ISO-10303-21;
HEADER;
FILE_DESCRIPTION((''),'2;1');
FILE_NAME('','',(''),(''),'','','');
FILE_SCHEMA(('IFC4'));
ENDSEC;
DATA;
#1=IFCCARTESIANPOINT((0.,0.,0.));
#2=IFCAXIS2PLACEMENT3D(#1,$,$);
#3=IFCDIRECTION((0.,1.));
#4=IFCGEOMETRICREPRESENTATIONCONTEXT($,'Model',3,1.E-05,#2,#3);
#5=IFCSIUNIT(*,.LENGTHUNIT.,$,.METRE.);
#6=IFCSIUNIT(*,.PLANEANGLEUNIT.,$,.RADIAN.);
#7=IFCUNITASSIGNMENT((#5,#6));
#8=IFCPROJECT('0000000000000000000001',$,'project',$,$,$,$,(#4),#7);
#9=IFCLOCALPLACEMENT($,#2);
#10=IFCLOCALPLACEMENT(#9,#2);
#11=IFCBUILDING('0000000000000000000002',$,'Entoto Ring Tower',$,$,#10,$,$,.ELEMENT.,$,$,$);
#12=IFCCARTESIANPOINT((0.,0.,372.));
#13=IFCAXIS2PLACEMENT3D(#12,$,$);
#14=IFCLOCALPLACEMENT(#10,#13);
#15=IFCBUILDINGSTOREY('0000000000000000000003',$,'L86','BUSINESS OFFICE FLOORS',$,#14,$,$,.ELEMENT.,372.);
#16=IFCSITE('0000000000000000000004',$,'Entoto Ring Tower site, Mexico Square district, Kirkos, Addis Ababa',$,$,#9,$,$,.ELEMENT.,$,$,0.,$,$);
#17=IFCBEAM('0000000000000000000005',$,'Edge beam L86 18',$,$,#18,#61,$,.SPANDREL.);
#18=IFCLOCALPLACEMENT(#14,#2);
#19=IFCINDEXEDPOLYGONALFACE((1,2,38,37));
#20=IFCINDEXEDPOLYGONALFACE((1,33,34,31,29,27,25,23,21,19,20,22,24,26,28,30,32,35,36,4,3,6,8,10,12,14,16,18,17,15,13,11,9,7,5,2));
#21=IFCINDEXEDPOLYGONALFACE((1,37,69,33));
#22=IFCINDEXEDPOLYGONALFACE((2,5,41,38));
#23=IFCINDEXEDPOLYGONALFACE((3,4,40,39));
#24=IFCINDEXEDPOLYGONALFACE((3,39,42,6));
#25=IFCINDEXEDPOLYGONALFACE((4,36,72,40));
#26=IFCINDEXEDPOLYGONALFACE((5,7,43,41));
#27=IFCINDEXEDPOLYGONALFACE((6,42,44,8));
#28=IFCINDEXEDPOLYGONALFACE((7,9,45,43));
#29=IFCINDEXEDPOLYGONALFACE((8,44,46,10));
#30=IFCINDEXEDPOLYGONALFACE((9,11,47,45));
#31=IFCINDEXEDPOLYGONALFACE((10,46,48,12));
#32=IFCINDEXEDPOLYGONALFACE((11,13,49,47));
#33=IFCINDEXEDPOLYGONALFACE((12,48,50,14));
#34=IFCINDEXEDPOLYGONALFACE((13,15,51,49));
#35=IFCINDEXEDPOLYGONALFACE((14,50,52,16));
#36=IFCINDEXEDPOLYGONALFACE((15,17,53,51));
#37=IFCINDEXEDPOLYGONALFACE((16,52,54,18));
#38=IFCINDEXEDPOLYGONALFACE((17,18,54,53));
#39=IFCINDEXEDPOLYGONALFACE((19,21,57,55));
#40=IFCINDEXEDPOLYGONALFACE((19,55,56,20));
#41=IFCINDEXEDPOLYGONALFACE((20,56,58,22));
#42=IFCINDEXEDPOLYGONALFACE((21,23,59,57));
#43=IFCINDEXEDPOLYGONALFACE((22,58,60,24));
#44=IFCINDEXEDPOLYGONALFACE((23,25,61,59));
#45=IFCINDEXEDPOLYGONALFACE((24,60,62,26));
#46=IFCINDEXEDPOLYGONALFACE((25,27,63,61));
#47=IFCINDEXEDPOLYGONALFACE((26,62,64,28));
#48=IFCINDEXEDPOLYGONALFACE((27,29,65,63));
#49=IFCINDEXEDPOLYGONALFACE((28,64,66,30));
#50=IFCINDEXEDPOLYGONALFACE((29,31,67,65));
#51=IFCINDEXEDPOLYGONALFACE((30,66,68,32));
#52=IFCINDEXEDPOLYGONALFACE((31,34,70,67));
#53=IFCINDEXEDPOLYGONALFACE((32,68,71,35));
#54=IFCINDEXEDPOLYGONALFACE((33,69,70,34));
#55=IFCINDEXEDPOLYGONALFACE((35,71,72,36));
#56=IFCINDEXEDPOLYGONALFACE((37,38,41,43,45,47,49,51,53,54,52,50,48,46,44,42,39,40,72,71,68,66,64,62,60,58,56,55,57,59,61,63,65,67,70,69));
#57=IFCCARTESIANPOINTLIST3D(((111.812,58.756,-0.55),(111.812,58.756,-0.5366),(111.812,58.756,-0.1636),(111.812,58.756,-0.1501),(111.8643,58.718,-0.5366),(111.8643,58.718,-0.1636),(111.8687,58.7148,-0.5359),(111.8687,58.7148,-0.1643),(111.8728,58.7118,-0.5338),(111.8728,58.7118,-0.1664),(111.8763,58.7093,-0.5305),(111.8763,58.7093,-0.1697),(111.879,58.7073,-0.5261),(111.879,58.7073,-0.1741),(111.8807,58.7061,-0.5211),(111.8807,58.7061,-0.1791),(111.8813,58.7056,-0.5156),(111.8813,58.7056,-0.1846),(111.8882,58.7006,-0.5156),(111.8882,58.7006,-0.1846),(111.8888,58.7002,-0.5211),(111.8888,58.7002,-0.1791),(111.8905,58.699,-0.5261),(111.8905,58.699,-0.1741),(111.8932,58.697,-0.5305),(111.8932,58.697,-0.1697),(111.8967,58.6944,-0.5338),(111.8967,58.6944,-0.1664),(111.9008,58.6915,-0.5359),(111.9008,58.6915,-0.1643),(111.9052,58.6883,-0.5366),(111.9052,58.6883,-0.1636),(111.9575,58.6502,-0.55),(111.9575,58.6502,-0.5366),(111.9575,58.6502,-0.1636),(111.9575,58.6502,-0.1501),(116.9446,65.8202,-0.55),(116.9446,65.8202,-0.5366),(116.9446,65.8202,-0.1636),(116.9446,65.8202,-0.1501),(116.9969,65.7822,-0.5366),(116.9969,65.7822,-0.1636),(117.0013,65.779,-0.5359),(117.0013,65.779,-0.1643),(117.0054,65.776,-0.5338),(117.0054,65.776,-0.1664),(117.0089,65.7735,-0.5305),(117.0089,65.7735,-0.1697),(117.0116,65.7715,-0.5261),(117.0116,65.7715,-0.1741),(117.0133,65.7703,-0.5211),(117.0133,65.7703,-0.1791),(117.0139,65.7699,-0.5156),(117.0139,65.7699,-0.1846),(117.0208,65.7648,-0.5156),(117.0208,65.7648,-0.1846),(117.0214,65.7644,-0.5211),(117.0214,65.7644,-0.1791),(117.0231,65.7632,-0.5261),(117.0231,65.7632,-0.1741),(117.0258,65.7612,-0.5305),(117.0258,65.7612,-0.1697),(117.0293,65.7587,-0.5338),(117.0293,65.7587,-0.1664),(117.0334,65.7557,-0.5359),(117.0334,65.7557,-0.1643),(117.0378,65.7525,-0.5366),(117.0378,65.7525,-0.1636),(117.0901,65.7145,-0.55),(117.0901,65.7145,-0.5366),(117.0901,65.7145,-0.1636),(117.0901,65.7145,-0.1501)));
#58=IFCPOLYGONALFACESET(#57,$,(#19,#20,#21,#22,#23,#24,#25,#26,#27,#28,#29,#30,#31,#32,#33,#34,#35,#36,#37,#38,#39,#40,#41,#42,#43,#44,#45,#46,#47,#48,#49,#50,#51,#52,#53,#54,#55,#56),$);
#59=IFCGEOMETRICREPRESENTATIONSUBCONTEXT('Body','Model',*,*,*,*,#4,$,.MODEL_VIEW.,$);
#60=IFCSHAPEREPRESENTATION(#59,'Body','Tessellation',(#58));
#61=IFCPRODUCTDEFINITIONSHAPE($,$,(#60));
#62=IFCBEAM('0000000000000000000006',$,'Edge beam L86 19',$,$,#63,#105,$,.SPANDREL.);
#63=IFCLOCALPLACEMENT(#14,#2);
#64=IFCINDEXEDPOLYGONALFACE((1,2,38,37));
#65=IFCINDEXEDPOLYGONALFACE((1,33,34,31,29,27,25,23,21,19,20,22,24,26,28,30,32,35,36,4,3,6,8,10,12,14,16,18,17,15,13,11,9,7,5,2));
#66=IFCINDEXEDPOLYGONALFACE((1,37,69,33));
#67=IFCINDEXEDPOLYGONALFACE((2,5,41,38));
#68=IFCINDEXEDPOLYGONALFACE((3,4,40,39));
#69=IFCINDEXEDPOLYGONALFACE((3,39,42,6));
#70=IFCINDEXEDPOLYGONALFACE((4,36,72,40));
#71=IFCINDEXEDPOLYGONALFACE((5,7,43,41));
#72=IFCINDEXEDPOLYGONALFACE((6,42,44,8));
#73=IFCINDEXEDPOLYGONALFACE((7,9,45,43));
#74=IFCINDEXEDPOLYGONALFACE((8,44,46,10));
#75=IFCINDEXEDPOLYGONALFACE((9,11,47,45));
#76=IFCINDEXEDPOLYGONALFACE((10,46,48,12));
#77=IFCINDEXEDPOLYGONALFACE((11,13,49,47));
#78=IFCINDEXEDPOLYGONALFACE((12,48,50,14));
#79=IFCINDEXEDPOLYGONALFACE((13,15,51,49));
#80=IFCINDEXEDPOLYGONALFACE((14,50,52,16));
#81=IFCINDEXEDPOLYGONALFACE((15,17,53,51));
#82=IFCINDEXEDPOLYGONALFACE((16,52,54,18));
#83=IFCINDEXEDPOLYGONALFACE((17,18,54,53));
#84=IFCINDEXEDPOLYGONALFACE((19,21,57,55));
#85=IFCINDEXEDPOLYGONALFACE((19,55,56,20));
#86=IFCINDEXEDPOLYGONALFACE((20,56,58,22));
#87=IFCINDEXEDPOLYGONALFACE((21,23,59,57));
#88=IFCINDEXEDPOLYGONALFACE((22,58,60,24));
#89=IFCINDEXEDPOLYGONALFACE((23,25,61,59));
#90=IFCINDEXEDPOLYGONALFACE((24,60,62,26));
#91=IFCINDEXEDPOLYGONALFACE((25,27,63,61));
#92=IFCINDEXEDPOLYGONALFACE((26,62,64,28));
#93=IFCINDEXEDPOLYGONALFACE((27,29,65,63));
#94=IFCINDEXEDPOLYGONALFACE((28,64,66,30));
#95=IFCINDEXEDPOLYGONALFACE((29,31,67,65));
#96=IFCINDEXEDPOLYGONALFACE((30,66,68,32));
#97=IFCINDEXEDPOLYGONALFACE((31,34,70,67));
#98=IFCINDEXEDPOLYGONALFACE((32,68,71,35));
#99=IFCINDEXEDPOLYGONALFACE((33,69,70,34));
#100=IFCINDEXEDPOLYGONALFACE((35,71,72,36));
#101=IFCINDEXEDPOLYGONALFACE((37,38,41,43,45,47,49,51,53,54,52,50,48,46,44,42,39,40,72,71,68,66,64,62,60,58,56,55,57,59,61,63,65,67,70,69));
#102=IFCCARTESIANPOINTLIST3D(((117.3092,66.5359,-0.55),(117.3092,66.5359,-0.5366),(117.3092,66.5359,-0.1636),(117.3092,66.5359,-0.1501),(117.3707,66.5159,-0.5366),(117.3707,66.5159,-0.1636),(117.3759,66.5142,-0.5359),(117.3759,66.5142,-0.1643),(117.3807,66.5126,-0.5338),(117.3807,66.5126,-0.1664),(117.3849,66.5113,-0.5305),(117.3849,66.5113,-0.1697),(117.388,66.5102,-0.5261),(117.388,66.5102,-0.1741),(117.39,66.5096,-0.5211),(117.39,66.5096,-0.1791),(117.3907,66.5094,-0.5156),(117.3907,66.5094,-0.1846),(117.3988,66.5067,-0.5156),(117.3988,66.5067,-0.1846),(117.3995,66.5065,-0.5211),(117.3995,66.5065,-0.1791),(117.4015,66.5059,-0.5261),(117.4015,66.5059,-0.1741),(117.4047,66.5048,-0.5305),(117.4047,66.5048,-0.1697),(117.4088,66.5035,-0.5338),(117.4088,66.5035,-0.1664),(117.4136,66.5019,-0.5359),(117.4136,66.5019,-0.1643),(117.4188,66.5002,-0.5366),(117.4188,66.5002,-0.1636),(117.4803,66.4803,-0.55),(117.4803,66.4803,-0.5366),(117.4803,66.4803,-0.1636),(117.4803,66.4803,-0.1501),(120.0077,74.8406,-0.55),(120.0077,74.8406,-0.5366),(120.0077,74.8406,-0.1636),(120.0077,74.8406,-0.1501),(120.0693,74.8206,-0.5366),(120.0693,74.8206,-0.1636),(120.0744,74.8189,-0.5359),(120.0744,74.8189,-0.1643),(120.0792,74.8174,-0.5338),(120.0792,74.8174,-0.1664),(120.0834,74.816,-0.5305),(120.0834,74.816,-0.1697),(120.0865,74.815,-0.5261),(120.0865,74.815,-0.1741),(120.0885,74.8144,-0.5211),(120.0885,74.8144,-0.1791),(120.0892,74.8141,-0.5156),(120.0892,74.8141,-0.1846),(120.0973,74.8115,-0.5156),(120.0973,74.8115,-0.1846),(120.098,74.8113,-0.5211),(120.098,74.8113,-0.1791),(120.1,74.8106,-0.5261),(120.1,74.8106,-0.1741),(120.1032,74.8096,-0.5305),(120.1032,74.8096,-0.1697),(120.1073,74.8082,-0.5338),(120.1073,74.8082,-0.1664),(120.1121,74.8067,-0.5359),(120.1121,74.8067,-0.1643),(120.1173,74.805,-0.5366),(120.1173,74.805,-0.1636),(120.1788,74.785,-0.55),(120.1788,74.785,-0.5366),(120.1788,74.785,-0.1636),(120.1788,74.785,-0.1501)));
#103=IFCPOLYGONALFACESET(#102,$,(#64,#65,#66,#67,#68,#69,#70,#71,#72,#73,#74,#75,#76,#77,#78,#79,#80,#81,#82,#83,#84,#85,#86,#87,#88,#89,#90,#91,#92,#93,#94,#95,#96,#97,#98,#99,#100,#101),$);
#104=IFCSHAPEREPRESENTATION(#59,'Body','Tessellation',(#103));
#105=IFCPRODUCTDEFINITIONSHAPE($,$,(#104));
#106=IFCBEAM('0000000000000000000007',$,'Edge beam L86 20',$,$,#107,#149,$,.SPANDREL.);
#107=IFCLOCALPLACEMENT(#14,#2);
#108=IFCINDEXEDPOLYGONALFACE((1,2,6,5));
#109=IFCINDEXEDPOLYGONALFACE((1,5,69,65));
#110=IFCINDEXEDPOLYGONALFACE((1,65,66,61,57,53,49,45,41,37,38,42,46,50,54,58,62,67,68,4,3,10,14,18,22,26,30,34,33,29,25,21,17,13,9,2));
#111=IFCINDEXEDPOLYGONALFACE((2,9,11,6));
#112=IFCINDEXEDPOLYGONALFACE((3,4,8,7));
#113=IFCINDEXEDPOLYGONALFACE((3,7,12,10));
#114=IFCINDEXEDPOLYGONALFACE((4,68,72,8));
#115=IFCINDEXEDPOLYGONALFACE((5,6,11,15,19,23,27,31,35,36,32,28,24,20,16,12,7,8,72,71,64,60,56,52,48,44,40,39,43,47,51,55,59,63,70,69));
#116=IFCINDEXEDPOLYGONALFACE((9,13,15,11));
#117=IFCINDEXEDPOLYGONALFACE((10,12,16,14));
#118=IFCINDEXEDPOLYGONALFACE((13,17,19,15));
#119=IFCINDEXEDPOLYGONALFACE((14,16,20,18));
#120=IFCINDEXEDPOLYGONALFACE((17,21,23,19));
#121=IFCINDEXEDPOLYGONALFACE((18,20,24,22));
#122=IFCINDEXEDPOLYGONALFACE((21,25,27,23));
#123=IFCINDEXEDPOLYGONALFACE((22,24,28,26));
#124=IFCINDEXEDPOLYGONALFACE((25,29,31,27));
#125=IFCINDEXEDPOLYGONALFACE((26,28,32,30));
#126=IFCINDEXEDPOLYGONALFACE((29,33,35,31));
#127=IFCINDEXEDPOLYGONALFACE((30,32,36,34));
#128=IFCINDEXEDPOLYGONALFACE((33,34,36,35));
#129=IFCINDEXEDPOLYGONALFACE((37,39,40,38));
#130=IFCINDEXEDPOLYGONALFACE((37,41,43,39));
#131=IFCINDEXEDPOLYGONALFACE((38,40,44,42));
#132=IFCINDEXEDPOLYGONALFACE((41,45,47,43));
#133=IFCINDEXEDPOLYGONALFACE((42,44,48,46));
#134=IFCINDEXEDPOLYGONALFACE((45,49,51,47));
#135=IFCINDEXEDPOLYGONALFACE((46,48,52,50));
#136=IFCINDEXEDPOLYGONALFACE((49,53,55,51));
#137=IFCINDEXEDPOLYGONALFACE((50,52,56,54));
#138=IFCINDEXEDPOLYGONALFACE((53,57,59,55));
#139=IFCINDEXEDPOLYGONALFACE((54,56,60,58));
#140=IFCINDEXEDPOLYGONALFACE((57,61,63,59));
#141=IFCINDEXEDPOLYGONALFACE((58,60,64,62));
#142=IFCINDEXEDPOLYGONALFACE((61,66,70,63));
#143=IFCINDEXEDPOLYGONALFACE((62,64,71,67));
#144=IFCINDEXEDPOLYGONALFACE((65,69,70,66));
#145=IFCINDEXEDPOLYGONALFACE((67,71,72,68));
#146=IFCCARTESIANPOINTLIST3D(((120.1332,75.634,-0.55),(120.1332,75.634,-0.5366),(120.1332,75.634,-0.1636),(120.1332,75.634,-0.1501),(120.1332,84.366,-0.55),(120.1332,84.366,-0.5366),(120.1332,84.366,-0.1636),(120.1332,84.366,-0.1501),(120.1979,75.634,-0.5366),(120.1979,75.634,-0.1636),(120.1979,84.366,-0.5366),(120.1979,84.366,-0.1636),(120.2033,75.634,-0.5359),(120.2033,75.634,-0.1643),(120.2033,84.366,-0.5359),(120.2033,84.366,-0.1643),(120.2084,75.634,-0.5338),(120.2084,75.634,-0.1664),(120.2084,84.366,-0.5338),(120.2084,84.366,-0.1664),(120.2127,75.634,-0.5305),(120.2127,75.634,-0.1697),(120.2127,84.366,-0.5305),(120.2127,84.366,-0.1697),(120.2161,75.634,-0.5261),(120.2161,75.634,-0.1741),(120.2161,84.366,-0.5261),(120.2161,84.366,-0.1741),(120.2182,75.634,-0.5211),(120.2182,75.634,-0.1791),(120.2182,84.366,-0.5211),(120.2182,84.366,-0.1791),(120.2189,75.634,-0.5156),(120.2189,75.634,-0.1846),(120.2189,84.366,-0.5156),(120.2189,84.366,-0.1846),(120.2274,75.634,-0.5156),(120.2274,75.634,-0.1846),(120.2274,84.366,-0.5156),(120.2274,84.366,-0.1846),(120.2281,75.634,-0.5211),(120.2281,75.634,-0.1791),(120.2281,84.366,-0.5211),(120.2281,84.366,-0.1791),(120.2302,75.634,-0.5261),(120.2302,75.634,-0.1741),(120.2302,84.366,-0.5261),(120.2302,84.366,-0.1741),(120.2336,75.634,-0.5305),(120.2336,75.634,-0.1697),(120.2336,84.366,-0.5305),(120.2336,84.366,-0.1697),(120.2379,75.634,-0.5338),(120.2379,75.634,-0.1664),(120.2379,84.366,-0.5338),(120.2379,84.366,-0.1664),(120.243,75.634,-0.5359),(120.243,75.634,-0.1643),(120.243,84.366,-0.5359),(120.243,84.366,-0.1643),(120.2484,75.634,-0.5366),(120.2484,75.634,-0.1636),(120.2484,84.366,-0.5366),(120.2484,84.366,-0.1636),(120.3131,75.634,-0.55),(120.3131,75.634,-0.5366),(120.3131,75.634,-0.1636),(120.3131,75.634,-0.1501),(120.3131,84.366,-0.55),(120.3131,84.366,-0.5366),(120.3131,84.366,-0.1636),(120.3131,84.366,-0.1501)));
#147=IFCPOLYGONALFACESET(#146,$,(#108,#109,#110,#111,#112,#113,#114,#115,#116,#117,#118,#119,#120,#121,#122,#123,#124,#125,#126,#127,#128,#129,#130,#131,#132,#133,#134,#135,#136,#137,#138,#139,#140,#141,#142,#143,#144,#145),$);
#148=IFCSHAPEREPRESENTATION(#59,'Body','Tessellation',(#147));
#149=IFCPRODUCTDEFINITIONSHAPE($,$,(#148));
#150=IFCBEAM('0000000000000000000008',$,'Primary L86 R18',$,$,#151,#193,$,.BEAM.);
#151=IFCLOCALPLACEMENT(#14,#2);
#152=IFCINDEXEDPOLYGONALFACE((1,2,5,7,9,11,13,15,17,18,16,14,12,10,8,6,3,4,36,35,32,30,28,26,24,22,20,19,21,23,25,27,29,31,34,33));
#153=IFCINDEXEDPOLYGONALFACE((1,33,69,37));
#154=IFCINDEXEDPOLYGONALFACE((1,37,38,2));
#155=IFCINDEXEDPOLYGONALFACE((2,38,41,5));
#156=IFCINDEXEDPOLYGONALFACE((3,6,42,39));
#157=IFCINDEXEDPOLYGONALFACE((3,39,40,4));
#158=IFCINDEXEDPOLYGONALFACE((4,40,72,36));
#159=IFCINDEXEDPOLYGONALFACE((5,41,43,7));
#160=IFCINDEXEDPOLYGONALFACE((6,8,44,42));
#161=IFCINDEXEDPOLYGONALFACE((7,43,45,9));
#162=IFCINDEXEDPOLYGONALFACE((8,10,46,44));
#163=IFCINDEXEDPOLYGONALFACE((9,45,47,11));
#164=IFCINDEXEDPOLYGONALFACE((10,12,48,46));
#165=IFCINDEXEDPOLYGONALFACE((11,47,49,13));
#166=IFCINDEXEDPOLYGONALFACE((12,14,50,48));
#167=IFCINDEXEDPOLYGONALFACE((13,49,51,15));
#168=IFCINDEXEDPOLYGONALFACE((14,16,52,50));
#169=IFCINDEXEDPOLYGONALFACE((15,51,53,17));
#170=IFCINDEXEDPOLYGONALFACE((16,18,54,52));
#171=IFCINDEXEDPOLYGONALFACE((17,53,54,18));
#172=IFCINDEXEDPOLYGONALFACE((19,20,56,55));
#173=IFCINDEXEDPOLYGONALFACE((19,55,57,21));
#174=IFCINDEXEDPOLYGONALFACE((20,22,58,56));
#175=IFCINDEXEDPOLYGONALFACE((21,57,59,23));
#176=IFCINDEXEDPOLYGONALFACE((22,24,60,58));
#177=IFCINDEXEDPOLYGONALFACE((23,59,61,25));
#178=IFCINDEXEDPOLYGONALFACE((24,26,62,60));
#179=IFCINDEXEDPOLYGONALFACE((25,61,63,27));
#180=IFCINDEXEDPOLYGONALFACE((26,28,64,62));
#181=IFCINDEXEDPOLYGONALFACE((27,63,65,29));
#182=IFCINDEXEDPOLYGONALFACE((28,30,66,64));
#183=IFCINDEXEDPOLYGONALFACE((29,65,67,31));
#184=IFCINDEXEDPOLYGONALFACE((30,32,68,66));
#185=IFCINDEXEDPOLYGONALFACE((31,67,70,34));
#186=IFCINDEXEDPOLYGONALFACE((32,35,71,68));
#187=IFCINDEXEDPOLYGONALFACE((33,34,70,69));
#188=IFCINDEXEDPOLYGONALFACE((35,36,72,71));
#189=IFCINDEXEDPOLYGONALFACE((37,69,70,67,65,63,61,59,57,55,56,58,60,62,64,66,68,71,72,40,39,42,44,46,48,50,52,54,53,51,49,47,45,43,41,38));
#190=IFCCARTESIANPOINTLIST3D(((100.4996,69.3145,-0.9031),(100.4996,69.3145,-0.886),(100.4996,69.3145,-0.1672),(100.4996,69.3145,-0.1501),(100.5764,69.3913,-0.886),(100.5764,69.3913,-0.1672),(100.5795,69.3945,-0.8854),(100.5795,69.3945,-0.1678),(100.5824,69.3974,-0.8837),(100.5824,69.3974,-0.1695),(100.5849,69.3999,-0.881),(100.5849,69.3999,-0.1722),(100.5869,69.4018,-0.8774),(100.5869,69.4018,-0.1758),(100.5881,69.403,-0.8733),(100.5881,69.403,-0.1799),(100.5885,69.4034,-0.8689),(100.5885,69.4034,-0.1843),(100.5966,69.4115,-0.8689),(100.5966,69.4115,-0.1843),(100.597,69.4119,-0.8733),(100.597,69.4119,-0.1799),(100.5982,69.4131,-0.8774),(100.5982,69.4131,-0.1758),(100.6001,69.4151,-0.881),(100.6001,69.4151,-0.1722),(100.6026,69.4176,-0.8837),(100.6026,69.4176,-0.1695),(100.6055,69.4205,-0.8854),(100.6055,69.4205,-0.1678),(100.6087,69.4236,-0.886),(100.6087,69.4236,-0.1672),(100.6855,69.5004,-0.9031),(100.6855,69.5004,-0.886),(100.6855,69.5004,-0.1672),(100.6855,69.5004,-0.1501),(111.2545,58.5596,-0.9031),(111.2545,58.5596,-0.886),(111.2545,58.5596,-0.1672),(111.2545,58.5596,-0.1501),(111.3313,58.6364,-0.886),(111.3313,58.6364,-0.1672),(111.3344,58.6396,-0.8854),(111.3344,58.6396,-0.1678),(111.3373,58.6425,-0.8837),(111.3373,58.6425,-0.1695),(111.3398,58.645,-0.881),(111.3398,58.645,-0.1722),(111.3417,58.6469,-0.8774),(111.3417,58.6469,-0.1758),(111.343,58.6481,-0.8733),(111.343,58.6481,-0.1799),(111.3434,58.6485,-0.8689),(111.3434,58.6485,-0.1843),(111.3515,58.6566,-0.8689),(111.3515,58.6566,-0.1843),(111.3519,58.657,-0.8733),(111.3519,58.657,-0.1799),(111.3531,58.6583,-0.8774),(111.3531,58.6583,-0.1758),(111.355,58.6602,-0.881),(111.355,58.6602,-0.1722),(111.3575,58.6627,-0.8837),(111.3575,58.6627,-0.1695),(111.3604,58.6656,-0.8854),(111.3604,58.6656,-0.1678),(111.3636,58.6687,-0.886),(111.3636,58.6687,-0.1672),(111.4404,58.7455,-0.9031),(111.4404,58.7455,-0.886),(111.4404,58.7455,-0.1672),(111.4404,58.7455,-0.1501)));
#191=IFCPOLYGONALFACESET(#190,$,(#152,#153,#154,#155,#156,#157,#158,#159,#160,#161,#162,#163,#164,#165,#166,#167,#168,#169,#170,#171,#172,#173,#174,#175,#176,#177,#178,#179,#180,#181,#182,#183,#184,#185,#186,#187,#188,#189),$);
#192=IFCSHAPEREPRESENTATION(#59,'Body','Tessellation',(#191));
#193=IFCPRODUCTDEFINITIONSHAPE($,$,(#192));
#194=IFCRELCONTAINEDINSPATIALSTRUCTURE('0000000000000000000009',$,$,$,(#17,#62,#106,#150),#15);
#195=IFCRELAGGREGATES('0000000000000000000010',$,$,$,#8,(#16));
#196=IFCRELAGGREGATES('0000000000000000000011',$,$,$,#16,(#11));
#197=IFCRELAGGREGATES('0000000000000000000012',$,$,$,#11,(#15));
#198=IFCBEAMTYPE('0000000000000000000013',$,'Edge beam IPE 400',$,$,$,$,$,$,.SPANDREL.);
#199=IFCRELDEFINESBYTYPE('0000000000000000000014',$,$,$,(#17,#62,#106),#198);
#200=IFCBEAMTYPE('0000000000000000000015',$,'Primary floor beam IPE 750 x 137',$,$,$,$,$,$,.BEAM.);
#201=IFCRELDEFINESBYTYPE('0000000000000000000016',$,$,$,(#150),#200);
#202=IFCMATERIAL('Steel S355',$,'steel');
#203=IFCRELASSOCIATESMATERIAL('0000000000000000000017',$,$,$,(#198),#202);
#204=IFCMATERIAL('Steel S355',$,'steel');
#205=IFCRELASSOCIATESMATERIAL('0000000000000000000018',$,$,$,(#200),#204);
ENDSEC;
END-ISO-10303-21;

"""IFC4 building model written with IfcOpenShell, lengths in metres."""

from ifc_helpers import new_model, si_unit, direction, frame, origin, origin_2d, place, context, subcontext, project, spatial, i_section, extrude, material, material_profile, profile_set, type_object, element, save


model = new_model("IFC4")

# Units and contexts
model_context = context("Model", 3, precision=1e-05, world=origin(), true_north=direction((0.0, 1.0)))
body_context = subcontext(model_context, "Body", "Model", "MODEL_VIEW")
ifc_project = project(units=[si_unit("LENGTHUNIT", "METRE"), si_unit("PLANEANGLEUNIT", "RADIAN")], contexts=[model_context])

# Site, building, storey
site_placement = place(None, origin())
site = spatial("IfcSite", under=ifc_project, at=site_placement, Name="Entoto Ring Tower site, Mexico Square district, Kirkos, Addis Ababa", CompositionType="ELEMENT", RefElevation=0.0)
building_placement = place(site_placement, origin())
building = spatial("IfcBuilding", under=site, at=building_placement, Name="Entoto Ring Tower", CompositionType="ELEMENT")
storey_placement = place(building_placement, frame((0.0, 0.0, 372.0)))
storey = spatial("IfcBuildingStorey", under=building, at=storey_placement, Name="L86", Description="BUSINESS OFFICE FLOORS", CompositionType="ELEMENT", Elevation=372.0)

# Beams
ifc_material_1 = material(Name="Steel S355", Category="steel")
ifc_material_profile_1 = material_profile(ifc_material_1, i_section(OverallWidth=0.1799, OverallDepth=0.3999, WebThickness=0.0085, FlangeThickness=0.0134, FilletRadius=0.021, at=origin_2d()), Name="IPE 400")
ifc_profile_set_1 = profile_set([ifc_material_profile_1], Name="Steel S355")
beam_type_1 = type_object("IfcBeamType", Name="Edge beam IPE 400", PredefinedType="SPANDREL", material=ifc_profile_set_1)
for number, where, z_axis, x_axis, name in (
    (1, (111.8848, 58.7031, -0.3501), (0.587794, 0.80901, 0.0), (-0.80901, 0.587794, 0.0), "Edge beam L86 18"),
):
    element("IfcBeam", number, at=place(storey_placement, frame(where, z_axis=z_axis, x_axis=x_axis)), inside=storey, type_object=beam_type_1, Name=name, PredefinedType="SPANDREL", context=body_context, shape_type="SweptSolid", body=[
        extrude(i_section(OverallWidth=0.1799, OverallDepth=0.3999, WebThickness=0.0085, FlangeThickness=0.0134, FilletRadius=0.021, at=origin_2d()), origin(), (0.0, 0.0, 1.0), 8.7319),
    ])
beam_1_placement = place(storey_placement, frame((117.3948, 66.5081, -0.3501), z_axis=(0.30903, 0.951052, 0.0), x_axis=(-0.951052, 0.30903, 0.0)))
element("IfcBeam", 2, at=beam_1_placement, inside=storey, type_object=beam_type_1, Name="Edge beam L86 19", PredefinedType="SPANDREL", context=body_context, shape_type="SweptSolid", body=[
    extrude(i_section(OverallWidth=0.1799, OverallDepth=0.3999, WebThickness=0.0085, FlangeThickness=0.0134, FilletRadius=0.021, at=origin_2d()), origin(), (0.0, 0.0, 1.0), 8.7322),
])
beam_2_placement = place(storey_placement, frame((120.2231, 75.634, -0.3501), z_axis=(0.0, 1.0, 0.0), x_axis=(-1.0, 0.0, 0.0)))
element("IfcBeam", 3, at=beam_2_placement, inside=storey, type_object=beam_type_1, Name="Edge beam L86 20", PredefinedType="SPANDREL", context=body_context, shape_type="SweptSolid", body=[
    extrude(i_section(OverallWidth=0.1799, OverallDepth=0.3999, WebThickness=0.0085, FlangeThickness=0.0134, FilletRadius=0.021, at=origin_2d()), origin(), (0.0, 0.0, 1.0), 8.7319),
])
ifc_material_2 = material(Name="Steel S355", Category="steel")
ifc_material_profile_2 = material_profile(ifc_material_2, i_section(OverallWidth=0.2629, OverallDepth=0.7529, WebThickness=0.0115, FlangeThickness=0.0171, FilletRadius=0.0171, at=origin_2d()), Name="IPE 750 x 137")
ifc_profile_set_2 = profile_set([ifc_material_profile_2], Name="Steel S355")
beam_type_2 = type_object("IfcBeamType", Name="Primary floor beam IPE 750 x 137", PredefinedType="BEAM", material=ifc_profile_set_2)
beam_3_placement = place(storey_placement, frame((100.5925, 69.4075, -0.5266), z_axis=(0.707107, -0.707107, 0.0), x_axis=(0.707107, 0.707107, 0.0)))
element("IfcBeam", 4, at=beam_3_placement, inside=storey, type_object=beam_type_2, Name="Primary L86 R18", PredefinedType="BEAM", context=body_context, shape_type="SweptSolid", body=[
    extrude(i_section(OverallWidth=0.2629, OverallDepth=0.7529, WebThickness=0.0115, FlangeThickness=0.0171, FilletRadius=0.0171, at=origin_2d()), origin(), (0.0, 0.0, 1.0), 15.2097),
])

save(model, "model.ifc")
